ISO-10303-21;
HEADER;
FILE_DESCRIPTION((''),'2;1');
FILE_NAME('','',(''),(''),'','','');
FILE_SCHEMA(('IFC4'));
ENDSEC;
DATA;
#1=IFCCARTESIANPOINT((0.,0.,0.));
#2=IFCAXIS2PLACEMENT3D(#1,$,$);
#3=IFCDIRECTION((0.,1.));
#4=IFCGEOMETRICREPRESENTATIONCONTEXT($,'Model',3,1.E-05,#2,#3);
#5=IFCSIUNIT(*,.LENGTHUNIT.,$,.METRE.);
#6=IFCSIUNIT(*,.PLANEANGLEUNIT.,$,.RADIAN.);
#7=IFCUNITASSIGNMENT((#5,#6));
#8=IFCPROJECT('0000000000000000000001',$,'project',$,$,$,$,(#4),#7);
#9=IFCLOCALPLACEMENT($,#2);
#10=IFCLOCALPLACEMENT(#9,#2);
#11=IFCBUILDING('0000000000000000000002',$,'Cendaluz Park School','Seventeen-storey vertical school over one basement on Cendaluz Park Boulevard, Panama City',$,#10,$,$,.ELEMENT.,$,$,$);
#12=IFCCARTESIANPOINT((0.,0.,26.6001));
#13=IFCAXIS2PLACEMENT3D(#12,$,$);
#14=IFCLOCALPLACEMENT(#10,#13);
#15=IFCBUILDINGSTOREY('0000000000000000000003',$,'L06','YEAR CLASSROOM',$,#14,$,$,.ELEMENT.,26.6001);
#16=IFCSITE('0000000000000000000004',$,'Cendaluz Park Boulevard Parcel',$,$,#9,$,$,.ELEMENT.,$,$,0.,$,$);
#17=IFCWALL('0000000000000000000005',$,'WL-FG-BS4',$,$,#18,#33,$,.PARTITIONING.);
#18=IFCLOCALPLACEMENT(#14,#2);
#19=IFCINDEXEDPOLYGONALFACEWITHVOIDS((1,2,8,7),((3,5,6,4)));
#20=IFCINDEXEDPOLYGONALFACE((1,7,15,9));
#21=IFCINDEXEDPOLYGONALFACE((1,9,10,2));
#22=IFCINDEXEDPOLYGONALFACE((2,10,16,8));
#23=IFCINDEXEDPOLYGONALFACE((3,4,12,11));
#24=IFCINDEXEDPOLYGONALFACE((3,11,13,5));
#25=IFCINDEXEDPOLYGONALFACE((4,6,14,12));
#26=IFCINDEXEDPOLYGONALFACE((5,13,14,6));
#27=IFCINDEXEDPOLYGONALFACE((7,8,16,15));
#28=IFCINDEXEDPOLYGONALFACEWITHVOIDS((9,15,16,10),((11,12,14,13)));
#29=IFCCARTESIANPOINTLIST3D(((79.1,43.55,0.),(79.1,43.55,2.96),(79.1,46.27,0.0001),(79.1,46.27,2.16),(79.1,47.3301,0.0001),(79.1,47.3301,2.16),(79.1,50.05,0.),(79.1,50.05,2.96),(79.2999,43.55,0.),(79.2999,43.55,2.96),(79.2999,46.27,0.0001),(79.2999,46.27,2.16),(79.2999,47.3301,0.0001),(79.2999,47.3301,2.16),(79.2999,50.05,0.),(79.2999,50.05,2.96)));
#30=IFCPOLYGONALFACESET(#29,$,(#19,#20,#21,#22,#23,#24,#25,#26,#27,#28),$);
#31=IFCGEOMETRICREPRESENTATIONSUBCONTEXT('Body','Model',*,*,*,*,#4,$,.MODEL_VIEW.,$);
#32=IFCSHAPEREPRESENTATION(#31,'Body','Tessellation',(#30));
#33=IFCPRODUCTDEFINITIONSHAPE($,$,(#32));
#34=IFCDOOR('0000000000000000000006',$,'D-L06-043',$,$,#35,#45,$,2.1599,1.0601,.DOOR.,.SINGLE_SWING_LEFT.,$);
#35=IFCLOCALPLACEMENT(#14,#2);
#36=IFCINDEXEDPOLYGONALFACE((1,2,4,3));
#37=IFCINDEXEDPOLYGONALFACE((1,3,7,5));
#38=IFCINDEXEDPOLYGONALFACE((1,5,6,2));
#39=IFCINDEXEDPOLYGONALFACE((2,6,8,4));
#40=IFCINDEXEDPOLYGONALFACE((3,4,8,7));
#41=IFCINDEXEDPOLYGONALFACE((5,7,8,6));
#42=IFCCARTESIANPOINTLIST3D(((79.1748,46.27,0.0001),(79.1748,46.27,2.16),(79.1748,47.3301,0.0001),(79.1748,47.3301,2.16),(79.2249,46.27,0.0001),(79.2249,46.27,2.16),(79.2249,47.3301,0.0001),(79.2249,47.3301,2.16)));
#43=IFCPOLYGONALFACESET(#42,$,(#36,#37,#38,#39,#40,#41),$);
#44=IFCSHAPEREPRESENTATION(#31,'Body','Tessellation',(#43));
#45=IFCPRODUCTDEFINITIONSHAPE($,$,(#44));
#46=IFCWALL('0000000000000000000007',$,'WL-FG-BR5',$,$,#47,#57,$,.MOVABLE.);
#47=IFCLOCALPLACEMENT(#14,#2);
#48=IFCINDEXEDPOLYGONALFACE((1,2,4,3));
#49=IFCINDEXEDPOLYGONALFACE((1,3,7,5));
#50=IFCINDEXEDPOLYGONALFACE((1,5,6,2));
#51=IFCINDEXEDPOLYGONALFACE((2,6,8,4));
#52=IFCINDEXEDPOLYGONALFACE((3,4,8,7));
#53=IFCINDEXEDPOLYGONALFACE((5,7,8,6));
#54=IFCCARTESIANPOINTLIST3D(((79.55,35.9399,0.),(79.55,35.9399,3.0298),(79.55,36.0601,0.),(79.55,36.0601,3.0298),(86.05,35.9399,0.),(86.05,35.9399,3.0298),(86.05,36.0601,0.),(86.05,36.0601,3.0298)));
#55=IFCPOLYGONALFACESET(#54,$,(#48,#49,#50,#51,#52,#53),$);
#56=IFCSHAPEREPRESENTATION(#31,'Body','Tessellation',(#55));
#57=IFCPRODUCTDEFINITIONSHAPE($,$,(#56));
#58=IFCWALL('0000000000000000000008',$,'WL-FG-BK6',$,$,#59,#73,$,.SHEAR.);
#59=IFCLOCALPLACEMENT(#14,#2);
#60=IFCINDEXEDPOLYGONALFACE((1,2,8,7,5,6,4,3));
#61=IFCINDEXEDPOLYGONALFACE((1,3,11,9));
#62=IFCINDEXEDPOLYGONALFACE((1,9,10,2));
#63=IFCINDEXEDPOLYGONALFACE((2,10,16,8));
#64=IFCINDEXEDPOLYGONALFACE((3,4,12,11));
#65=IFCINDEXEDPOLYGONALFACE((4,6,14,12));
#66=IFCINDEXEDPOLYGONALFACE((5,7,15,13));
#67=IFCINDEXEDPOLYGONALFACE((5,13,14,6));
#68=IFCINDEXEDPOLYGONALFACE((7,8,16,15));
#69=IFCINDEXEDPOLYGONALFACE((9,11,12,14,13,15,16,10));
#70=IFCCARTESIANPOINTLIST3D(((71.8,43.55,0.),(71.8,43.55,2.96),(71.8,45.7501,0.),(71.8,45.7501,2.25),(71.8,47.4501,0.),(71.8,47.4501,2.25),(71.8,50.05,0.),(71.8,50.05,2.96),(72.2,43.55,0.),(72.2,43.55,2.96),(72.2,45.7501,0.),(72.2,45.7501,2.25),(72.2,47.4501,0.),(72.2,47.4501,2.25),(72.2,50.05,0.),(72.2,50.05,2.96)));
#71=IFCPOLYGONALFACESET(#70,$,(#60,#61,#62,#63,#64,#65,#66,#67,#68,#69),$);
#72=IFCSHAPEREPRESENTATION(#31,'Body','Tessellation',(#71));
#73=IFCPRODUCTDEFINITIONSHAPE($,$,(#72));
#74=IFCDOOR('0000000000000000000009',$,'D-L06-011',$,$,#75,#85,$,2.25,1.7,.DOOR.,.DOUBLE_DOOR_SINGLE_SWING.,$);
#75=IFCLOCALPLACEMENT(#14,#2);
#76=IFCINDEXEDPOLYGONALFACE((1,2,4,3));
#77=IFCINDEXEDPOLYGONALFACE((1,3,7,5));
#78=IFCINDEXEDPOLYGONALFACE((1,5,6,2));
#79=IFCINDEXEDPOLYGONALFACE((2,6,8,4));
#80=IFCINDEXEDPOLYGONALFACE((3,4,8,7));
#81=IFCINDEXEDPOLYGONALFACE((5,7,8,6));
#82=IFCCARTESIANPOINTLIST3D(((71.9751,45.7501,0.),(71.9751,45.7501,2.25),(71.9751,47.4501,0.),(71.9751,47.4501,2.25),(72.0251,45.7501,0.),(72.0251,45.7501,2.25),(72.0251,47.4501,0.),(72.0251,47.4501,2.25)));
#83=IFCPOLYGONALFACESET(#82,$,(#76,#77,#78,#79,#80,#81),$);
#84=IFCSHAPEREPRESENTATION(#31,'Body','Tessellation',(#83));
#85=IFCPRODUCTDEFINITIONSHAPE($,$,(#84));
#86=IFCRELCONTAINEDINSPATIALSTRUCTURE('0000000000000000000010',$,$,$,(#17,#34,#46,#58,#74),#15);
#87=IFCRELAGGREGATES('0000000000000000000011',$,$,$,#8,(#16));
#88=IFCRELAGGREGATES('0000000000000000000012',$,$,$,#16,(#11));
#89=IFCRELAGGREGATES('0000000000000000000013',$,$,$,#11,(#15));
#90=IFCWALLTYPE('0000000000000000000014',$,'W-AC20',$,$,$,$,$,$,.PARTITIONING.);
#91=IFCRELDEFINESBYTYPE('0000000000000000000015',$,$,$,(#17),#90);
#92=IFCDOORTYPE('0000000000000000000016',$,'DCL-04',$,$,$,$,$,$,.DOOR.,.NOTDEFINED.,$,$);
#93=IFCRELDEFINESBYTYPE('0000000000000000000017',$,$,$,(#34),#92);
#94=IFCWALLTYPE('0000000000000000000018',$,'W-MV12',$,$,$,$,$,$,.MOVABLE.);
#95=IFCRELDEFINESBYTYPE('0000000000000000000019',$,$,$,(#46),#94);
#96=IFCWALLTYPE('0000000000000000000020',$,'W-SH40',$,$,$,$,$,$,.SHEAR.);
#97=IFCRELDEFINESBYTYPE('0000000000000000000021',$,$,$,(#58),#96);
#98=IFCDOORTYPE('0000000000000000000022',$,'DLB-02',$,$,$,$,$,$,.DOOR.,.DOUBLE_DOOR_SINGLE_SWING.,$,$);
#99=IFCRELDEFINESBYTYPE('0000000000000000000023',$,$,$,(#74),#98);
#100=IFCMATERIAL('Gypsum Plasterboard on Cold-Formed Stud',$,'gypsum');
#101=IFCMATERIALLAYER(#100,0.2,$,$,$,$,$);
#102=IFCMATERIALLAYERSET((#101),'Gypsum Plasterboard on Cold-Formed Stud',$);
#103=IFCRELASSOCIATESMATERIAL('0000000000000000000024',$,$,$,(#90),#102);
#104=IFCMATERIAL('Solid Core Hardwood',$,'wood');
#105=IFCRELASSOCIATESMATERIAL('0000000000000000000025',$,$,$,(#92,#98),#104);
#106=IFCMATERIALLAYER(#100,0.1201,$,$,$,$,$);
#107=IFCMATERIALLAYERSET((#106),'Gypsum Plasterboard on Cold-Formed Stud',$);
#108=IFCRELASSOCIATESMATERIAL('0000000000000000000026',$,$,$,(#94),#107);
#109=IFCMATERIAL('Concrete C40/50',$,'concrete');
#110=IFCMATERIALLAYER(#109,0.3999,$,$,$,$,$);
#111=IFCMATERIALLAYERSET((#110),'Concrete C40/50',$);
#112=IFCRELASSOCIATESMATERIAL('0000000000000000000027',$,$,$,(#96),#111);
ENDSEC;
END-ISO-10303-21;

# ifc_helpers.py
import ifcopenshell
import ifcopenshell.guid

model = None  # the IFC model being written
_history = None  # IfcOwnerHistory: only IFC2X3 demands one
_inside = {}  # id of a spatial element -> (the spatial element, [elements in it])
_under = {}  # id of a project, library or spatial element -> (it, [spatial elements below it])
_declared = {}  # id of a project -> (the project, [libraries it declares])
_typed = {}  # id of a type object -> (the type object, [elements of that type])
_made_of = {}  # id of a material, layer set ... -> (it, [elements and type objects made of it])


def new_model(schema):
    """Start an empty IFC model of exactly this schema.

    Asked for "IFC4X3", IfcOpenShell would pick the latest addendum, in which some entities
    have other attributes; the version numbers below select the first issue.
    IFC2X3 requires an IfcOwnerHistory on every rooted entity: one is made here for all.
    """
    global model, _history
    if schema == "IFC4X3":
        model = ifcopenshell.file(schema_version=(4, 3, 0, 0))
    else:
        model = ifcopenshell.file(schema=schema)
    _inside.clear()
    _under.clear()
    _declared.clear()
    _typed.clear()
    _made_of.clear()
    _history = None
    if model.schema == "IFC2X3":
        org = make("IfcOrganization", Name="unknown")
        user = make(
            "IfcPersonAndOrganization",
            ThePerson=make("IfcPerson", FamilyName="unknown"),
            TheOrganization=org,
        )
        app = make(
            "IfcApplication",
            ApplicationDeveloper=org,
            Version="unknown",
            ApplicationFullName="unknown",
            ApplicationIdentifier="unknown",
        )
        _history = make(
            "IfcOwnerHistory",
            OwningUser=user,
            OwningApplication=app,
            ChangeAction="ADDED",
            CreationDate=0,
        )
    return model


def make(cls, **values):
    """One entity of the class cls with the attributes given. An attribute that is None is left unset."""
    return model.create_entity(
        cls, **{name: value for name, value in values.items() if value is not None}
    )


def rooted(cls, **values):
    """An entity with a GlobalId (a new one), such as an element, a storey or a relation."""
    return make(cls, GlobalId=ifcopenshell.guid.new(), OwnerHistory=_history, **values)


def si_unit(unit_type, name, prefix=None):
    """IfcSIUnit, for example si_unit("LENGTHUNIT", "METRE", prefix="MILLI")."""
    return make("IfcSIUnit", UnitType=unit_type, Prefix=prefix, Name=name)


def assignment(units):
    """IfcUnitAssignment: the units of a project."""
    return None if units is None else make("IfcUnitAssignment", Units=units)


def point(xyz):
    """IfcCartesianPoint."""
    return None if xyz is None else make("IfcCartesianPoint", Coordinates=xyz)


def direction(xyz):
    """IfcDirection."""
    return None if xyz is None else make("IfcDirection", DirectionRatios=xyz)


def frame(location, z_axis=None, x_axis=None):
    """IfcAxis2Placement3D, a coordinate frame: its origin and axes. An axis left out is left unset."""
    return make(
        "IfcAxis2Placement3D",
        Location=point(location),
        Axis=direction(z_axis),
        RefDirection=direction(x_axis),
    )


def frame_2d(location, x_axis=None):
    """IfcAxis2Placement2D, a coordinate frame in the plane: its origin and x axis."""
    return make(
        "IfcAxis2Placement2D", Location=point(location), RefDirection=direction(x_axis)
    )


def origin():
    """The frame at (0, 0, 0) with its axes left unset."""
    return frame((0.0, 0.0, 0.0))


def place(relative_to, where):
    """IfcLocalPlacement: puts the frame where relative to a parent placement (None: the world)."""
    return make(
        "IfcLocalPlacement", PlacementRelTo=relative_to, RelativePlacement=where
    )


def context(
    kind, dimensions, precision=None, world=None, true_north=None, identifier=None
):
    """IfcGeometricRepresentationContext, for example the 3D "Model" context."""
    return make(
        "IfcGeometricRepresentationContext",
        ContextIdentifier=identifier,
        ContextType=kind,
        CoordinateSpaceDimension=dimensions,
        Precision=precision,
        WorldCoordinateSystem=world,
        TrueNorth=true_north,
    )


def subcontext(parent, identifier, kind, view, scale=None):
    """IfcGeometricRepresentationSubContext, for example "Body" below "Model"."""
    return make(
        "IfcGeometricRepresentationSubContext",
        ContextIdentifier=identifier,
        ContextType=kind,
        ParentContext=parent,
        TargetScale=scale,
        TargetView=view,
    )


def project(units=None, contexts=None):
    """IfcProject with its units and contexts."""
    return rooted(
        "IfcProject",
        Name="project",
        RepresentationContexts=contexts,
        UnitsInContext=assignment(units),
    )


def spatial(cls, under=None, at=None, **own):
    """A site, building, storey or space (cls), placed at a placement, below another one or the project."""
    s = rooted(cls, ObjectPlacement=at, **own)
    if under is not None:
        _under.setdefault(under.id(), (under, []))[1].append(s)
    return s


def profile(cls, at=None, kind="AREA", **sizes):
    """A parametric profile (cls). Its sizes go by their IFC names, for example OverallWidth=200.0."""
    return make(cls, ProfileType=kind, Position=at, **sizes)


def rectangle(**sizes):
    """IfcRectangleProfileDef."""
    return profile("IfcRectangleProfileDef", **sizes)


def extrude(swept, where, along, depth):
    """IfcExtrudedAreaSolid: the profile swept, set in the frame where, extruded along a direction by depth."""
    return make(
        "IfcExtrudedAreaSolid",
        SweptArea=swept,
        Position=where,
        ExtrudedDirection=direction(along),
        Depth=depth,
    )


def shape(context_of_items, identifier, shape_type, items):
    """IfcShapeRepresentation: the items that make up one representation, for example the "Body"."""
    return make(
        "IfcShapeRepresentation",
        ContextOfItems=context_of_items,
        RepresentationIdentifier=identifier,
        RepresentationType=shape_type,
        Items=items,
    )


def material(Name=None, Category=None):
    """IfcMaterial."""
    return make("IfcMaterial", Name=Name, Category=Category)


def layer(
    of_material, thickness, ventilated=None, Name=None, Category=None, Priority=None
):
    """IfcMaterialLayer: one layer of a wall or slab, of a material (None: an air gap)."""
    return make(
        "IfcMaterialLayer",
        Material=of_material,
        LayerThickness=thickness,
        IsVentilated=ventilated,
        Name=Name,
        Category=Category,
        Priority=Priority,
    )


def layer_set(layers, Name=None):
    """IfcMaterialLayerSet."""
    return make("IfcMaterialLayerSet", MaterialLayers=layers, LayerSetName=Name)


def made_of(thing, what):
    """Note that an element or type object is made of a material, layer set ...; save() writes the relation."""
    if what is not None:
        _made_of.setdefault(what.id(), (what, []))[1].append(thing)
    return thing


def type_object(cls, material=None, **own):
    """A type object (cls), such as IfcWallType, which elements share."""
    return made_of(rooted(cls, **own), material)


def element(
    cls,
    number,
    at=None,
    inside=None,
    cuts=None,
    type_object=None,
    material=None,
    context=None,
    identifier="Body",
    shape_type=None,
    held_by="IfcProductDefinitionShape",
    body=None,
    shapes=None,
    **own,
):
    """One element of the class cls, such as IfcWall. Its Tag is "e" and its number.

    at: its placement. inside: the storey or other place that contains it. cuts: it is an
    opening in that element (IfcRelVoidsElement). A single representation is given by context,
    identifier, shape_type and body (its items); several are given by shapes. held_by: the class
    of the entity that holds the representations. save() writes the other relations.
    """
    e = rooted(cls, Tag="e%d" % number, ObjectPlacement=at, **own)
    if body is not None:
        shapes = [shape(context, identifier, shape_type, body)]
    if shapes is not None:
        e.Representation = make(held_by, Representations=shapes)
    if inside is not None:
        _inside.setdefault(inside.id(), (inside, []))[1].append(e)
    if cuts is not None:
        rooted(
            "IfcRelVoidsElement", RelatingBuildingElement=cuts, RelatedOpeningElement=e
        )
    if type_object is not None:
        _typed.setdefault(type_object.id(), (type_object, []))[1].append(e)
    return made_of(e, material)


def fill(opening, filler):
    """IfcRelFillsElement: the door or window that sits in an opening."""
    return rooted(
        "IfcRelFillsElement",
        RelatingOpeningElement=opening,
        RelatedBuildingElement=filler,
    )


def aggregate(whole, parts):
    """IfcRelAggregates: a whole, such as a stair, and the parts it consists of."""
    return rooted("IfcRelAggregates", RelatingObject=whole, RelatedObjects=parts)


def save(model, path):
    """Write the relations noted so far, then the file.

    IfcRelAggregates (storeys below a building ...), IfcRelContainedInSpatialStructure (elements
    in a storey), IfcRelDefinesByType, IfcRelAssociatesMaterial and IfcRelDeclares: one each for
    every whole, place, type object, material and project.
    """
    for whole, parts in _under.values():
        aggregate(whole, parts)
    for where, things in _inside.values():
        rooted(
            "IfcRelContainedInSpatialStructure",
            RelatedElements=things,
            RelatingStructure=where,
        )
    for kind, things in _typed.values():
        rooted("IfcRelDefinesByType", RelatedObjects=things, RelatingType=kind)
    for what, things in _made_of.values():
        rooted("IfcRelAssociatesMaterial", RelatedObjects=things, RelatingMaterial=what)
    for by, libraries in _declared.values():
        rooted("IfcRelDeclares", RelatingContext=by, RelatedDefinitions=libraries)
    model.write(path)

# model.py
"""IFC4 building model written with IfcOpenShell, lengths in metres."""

from ifc_helpers import new_model, si_unit, direction, frame, frame_2d, origin, place, context, subcontext, project, spatial, rectangle, extrude, material, layer, layer_set, type_object, element, fill, save


model = new_model("IFC4")

# Units and contexts
model_context = context("Model", 3, precision=1e-05, world=origin(), true_north=direction((0.0, 1.0)))
body_context = subcontext(model_context, "Body", "Model", "MODEL_VIEW")
ifc_project = project(units=[si_unit("LENGTHUNIT", "METRE"), si_unit("PLANEANGLEUNIT", "RADIAN")], contexts=[model_context])

# Site, building, storey
site_placement = place(None, origin())
site = spatial("IfcSite", under=ifc_project, at=site_placement, Name="Cendaluz Park Boulevard Parcel", CompositionType="ELEMENT", RefElevation=0.0)
building_placement = place(site_placement, origin())
building = spatial("IfcBuilding", under=site, at=building_placement, Name="Cendaluz Park School", Description="Seventeen-storey vertical school over one basement on Cendaluz Park Boulevard, Panama City", CompositionType="ELEMENT")
storey_placement = place(building_placement, frame((0.0, 0.0, 26.6001)))
storey = spatial("IfcBuildingStorey", under=building, at=storey_placement, Name="L06", Description="YEAR CLASSROOM", CompositionType="ELEMENT", Elevation=26.6001)

# Shared definitions
ifc_material_1 = material(Name="Concrete C40/50", Category="concrete")

# Shared definitions
ifc_material_2 = material(Name="Gypsum Plasterboard on Cold-Formed Stud", Category="gypsum")
ifc_layer_1 = layer(ifc_material_2, 0.2)
ifc_layer_set_1 = layer_set([ifc_layer_1], Name="Gypsum Plasterboard on Cold-Formed Stud")
wall_type_1 = type_object("IfcWallType", Name="W-AC20", PredefinedType="PARTITIONING", material=ifc_layer_set_1)

# Wall, opening, door
ifc_material_3 = material(Name="Solid Core Hardwood", Category="wood")
wall_1_placement = place(storey_placement, frame((79.2, 43.55, 0.0), z_axis=(0.0, 0.0, 1.0), x_axis=(0.0, 1.0, 0.0)))
wall_1 = element("IfcWall", 1, at=wall_1_placement, inside=storey, type_object=wall_type_1, Name="WL-FG-BS4", PredefinedType="PARTITIONING", context=body_context, shape_type="SweptSolid", body=[
    extrude(rectangle(XDim=6.5, YDim=0.2, at=frame_2d((3.25, 0.0))), origin(), (0.0, 0.0, 1.0), 2.96),
])
opening_1_placement = place(wall_1_placement, frame((2.72, 0.0, 0.0)))
opening_1 = element("IfcOpeningElement", 2, at=opening_1_placement, cuts=wall_1, PredefinedType="OPENING", context=body_context, shape_type="SweptSolid", body=[
    extrude(rectangle(XDim=1.0601, YDim=2.1599, at=frame_2d((0.53, 1.0801))), frame((0.0, 0.1121, 0.0), z_axis=(0.0, -1.0, 0.0), x_axis=(1.0, 0.0, 0.0)), (0.0, 0.0, 1.0), 0.2239),
])
door_type_1 = type_object("IfcDoorType", Name="DCL-04", OperationType="NOTDEFINED", PredefinedType="DOOR", material=ifc_material_3)
door_1_placement = place(opening_1_placement, frame((1.0601, 0.0, 0.0), z_axis=(0.0, 0.0, 1.0), x_axis=(-1.0, 0.0, 0.0)))
door_1 = element("IfcDoor", 3, at=door_1_placement, inside=storey, type_object=door_type_1, Name="D-L06-043", OperationType="SINGLE_SWING_LEFT", OverallHeight=2.1599, OverallWidth=1.0601, PredefinedType="DOOR", context=body_context, shape_type="SweptSolid", body=[
    extrude(rectangle(XDim=1.0601, YDim=2.1599, at=frame_2d((0.53, 1.0801))), frame((0.0, 0.0249, 0.0), z_axis=(0.0, -1.0, 0.0), x_axis=(1.0, 0.0, 0.0)), (0.0, 0.0, 1.0), 0.05),
])
fill(opening_1, door_1)

# Wall
ifc_layer_2 = layer(ifc_material_2, 0.1201)
ifc_layer_set_2 = layer_set([ifc_layer_2], Name="Gypsum Plasterboard on Cold-Formed Stud")
wall_type_2 = type_object("IfcWallType", Name="W-MV12", PredefinedType="MOVABLE", material=ifc_layer_set_2)
wall_2_placement = place(storey_placement, frame((79.55, 36.0, 0.0), z_axis=(0.0, 0.0, 1.0), x_axis=(1.0, 0.0, 0.0)))
element("IfcWall", 4, at=wall_2_placement, inside=storey, type_object=wall_type_2, Name="WL-FG-BR5", PredefinedType="MOVABLE", context=body_context, shape_type="SweptSolid", body=[
    extrude(rectangle(XDim=6.5, YDim=0.1201, at=frame_2d((3.25, 0.0))), origin(), (0.0, 0.0, 1.0), 3.0298),
])

# Wall, opening, door
ifc_layer_3 = layer(ifc_material_1, 0.3999)
ifc_layer_set_3 = layer_set([ifc_layer_3], Name="Concrete C40/50")
wall_type_3 = type_object("IfcWallType", Name="W-SH40", PredefinedType="SHEAR", material=ifc_layer_set_3)
wall_3_placement = place(storey_placement, frame((72.0, 43.55, 0.0), z_axis=(0.0, 0.0, 1.0), x_axis=(0.0, 1.0, 0.0)))
wall_3 = element("IfcWall", 5, at=wall_3_placement, inside=storey, type_object=wall_type_3, Name="WL-FG-BK6", PredefinedType="SHEAR", context=body_context, shape_type="SweptSolid", body=[
    extrude(rectangle(XDim=6.5, YDim=0.3999, at=frame_2d((3.25, 0.0))), origin(), (0.0, 0.0, 1.0), 2.96),
])
opening_2_placement = place(wall_3_placement, frame((2.2, 0.0, 0.0)))
opening_2 = element("IfcOpeningElement", 6, at=opening_2_placement, cuts=wall_3, PredefinedType="OPENING", context=body_context, shape_type="SweptSolid", body=[
    extrude(rectangle(XDim=1.7, YDim=2.25, at=frame_2d((0.8501, 1.125))), frame((0.0, 0.2119, 0.0), z_axis=(0.0, -1.0, 0.0), x_axis=(1.0, 0.0, 0.0)), (0.0, 0.0, 1.0), 0.4238),
])
door_type_2 = type_object("IfcDoorType", Name="DLB-02", OperationType="DOUBLE_DOOR_SINGLE_SWING", PredefinedType="DOOR", material=ifc_material_3)
door_2_placement = place(opening_2_placement, origin())
door_2 = element("IfcDoor", 7, at=door_2_placement, inside=storey, type_object=door_type_2, Name="D-L06-011", OperationType="DOUBLE_DOOR_SINGLE_SWING", OverallHeight=2.25, OverallWidth=1.7, PredefinedType="DOOR", context=body_context, shape_type="SweptSolid", body=[
    extrude(rectangle(XDim=1.7, YDim=2.25, at=frame_2d((0.8501, 1.125))), frame((0.0, 0.0249, 0.0), z_axis=(0.0, -1.0, 0.0), x_axis=(1.0, 0.0, 0.0)), (0.0, 0.0, 1.0), 0.05),
])
fill(opening_2, door_2)

save(model, "model.ifc")
